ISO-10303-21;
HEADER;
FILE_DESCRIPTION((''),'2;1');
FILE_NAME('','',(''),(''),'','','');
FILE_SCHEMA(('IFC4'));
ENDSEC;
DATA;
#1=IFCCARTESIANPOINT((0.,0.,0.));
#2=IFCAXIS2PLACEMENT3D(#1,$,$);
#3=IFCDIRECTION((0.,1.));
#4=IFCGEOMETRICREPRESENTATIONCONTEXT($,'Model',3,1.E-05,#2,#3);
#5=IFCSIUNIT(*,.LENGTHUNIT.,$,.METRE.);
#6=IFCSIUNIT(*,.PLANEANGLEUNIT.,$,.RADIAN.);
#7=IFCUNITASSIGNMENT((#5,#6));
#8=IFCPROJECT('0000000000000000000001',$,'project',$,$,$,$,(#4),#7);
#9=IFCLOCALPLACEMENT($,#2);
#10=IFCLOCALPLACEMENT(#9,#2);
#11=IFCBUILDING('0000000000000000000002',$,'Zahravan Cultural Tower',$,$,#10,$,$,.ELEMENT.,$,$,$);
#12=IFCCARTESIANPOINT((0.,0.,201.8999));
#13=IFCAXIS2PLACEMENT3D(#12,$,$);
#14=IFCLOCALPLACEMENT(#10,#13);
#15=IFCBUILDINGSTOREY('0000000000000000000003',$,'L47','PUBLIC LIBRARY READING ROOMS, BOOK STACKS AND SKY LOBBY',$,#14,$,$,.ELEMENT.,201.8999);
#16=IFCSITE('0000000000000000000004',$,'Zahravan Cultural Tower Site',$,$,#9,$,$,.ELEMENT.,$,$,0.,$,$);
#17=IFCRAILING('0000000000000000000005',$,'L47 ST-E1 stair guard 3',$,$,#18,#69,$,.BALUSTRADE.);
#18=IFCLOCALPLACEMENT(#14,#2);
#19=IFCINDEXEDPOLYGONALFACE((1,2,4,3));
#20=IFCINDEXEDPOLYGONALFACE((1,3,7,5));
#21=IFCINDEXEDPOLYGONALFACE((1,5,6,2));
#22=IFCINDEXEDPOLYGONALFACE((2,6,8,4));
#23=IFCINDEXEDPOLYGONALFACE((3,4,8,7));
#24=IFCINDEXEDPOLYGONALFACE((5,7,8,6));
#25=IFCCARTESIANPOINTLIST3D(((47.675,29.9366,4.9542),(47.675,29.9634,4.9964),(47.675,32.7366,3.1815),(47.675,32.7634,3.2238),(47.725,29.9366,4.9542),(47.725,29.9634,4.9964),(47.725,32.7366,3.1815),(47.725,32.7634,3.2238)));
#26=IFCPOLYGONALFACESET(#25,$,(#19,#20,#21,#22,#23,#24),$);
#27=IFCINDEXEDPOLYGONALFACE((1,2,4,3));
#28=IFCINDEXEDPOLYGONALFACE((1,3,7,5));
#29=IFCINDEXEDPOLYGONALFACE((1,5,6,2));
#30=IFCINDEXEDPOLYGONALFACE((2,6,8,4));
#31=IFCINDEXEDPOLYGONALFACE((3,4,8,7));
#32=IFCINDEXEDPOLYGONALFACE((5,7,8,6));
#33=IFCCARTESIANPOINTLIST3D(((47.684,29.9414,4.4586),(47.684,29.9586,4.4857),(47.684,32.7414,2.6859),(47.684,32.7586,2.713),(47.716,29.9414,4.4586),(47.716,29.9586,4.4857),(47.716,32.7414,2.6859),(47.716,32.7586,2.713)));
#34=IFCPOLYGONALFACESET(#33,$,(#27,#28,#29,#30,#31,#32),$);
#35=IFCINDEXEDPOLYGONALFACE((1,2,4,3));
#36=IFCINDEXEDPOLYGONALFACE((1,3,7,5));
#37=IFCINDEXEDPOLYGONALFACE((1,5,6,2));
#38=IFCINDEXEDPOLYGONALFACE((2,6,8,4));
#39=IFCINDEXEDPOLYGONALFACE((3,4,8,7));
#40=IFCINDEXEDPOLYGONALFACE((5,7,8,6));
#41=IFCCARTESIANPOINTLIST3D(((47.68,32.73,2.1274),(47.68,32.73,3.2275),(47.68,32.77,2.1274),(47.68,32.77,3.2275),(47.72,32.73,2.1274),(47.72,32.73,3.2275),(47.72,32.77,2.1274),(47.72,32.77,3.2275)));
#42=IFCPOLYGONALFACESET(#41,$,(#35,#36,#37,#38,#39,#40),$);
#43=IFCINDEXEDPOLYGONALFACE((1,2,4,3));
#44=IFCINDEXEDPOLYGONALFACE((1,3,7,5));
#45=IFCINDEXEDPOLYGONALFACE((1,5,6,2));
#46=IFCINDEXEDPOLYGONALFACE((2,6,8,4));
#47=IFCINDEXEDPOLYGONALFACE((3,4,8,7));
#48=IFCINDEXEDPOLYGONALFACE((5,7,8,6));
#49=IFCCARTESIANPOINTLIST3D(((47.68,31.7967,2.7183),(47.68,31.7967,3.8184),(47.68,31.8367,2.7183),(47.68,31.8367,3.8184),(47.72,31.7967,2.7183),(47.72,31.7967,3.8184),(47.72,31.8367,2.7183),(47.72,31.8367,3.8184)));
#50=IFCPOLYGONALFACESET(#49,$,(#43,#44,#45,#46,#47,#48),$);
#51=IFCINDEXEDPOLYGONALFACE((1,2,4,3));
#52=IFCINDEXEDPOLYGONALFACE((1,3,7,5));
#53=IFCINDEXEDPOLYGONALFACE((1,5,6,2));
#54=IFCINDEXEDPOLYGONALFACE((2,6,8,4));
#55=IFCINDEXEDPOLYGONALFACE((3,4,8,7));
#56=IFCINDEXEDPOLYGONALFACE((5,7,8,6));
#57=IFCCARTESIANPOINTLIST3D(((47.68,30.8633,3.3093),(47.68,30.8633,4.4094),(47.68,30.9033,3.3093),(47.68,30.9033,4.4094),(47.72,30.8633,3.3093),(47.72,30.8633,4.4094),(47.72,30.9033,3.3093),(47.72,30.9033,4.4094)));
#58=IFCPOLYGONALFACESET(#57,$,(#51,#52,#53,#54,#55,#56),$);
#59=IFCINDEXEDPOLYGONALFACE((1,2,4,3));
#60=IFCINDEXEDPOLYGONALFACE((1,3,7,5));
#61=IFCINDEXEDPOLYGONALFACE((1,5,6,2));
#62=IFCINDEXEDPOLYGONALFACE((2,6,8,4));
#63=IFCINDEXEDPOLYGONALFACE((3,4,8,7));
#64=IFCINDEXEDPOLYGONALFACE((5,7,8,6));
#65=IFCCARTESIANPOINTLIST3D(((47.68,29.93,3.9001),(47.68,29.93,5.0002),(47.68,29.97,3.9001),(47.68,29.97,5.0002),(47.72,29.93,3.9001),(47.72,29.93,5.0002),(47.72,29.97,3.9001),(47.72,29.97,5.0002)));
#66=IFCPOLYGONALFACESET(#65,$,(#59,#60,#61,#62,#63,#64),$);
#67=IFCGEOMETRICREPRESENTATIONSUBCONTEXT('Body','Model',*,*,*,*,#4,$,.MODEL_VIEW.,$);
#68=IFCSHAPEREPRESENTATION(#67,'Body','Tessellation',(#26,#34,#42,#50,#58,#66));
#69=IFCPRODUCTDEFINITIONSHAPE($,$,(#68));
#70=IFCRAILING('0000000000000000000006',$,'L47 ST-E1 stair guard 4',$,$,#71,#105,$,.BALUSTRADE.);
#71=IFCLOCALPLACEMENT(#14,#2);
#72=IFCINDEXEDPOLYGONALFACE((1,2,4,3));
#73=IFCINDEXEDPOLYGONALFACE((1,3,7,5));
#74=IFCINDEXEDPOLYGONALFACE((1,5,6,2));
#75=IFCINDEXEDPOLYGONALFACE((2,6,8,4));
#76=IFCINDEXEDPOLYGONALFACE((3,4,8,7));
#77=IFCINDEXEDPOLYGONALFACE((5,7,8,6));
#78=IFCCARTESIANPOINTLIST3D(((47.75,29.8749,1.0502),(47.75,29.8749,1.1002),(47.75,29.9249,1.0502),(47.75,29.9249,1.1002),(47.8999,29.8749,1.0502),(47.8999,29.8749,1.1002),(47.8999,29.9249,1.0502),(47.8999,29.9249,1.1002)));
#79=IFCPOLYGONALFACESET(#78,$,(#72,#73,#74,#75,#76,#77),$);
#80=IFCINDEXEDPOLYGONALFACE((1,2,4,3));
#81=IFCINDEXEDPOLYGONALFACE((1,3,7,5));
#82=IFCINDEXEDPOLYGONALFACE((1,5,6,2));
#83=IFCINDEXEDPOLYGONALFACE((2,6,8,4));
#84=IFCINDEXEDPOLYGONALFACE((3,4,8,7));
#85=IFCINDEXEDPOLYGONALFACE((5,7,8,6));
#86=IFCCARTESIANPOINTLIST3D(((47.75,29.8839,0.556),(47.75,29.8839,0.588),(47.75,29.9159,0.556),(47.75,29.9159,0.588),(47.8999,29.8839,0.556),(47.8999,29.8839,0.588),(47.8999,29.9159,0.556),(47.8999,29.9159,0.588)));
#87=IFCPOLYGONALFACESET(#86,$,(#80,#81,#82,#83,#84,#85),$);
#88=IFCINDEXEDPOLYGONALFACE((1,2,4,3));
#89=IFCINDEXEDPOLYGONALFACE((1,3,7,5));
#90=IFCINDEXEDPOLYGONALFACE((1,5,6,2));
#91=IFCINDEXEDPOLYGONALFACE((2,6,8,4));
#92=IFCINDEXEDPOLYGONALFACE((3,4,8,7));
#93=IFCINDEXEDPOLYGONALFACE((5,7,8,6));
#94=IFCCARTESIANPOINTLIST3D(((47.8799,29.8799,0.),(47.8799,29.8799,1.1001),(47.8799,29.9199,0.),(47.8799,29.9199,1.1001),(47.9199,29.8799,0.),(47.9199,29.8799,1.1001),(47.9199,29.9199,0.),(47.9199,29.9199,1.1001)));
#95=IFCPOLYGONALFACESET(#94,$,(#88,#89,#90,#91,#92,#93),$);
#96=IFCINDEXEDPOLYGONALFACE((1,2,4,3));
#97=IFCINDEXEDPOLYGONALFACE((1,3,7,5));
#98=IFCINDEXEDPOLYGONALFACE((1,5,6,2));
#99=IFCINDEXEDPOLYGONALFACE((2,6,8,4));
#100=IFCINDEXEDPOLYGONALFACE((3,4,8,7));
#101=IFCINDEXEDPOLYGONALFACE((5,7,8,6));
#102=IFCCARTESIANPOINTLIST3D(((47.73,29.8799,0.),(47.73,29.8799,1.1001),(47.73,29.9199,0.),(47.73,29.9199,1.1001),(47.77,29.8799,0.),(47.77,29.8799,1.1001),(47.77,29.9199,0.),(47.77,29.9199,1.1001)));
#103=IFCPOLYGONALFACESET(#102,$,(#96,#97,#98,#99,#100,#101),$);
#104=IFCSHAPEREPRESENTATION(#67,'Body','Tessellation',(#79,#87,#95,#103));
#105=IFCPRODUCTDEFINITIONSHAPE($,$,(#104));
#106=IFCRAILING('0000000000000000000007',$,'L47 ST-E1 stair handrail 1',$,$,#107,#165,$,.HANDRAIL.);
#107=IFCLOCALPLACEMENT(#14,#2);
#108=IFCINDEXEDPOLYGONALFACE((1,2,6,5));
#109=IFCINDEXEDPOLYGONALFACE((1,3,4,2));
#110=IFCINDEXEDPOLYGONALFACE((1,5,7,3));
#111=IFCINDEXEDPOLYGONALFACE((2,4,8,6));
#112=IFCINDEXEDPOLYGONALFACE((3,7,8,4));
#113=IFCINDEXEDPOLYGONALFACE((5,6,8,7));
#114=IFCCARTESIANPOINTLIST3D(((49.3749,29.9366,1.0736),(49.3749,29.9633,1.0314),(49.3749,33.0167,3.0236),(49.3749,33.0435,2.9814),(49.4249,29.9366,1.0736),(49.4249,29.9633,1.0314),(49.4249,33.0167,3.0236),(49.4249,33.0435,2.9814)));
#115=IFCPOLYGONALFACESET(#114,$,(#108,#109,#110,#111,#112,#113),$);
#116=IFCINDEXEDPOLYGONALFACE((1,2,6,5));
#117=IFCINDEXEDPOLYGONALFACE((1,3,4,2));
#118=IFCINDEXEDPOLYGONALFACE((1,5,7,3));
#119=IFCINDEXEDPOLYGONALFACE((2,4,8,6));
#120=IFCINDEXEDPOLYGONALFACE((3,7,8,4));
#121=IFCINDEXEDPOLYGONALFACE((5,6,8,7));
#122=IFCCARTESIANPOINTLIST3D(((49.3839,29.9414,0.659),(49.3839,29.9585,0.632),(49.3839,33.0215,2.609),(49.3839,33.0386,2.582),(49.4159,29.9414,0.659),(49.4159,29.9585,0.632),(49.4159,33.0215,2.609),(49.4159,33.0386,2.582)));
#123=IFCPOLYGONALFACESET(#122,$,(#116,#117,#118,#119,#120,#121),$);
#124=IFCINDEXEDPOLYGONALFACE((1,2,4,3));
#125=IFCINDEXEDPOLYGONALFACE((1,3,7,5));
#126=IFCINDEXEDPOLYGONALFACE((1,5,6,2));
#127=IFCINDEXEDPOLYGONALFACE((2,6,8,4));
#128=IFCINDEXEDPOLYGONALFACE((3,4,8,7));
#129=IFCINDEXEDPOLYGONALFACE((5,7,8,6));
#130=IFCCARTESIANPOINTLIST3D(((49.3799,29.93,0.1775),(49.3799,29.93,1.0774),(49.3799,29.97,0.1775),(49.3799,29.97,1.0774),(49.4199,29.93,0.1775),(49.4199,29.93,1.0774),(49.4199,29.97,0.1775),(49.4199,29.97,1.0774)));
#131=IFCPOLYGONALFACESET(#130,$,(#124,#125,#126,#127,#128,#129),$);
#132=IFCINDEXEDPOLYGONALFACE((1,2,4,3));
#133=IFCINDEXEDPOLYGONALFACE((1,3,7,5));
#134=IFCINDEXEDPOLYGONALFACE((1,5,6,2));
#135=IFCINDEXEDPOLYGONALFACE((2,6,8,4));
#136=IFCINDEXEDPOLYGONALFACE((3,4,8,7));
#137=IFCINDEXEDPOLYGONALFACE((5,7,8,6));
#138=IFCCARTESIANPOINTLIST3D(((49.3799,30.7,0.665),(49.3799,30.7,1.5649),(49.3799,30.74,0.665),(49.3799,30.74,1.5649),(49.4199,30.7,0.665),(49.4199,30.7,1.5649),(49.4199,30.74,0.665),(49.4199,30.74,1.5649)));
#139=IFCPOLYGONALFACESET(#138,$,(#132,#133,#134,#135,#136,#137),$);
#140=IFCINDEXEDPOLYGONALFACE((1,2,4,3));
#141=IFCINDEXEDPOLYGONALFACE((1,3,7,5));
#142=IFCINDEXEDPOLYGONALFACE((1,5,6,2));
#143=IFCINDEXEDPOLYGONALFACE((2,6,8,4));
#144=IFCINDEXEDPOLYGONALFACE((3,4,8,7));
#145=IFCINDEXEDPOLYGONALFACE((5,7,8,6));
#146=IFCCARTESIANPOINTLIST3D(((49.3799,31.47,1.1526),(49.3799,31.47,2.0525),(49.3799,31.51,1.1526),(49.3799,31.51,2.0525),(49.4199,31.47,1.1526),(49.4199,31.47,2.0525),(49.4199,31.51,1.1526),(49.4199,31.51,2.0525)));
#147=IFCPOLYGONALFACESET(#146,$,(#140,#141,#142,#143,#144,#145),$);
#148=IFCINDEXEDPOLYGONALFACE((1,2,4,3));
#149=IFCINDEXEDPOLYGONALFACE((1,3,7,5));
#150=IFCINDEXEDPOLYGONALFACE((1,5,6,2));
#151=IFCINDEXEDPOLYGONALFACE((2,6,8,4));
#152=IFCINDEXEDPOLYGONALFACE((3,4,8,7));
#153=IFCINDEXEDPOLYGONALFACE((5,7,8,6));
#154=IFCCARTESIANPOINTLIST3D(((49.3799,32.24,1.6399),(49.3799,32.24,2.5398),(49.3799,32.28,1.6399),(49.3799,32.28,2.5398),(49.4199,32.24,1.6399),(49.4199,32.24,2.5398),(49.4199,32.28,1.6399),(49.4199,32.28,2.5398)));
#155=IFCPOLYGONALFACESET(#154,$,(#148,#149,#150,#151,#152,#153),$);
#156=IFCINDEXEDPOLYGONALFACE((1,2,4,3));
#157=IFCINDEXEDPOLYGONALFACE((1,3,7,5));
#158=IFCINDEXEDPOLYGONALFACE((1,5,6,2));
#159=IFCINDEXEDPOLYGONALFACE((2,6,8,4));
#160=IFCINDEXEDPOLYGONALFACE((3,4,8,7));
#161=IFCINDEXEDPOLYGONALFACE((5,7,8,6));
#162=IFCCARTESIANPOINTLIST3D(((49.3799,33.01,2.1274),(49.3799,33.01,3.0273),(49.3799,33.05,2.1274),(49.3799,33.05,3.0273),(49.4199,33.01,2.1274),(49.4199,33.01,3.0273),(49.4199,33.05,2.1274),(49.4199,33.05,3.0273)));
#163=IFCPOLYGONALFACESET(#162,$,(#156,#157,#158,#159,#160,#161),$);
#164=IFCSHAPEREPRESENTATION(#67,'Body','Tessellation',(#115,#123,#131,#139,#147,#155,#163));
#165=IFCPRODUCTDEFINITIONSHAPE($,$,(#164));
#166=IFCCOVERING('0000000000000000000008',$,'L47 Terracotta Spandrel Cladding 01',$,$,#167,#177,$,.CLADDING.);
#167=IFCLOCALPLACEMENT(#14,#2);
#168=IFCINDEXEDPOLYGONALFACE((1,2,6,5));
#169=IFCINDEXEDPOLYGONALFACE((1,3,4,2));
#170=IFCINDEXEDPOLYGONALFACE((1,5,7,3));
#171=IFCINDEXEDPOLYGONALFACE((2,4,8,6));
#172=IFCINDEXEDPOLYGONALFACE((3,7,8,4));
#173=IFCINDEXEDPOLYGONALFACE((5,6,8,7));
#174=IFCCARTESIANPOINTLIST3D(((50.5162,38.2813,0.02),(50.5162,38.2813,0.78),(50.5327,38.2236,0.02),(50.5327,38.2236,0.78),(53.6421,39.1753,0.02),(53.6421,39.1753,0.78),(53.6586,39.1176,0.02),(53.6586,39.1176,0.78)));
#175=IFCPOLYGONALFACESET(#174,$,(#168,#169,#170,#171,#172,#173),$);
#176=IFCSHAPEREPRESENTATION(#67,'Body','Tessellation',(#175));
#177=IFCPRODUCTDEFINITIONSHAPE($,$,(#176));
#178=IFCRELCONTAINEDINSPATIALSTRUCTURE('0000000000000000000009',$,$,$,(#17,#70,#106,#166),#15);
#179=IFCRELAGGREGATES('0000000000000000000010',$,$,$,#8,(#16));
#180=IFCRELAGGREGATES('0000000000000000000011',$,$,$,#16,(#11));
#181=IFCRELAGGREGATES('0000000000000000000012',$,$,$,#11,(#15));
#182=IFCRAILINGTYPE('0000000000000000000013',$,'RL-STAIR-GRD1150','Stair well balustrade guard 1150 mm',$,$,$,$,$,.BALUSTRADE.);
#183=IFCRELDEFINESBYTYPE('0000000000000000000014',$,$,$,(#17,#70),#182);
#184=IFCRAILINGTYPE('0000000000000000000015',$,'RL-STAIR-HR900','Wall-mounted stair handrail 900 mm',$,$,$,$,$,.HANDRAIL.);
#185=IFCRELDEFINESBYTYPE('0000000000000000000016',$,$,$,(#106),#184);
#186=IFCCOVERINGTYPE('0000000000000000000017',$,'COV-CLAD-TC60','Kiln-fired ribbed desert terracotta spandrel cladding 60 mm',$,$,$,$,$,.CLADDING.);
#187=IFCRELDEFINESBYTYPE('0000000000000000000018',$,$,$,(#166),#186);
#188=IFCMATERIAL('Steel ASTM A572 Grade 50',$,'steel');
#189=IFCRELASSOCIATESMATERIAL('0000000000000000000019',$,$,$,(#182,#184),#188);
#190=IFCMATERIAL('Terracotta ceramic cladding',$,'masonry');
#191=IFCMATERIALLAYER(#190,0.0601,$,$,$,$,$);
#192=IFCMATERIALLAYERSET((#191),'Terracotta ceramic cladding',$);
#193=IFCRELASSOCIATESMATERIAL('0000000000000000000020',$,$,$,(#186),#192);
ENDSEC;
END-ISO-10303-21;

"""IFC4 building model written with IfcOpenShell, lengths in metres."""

from ifc_helpers import new_model, si_unit, direction, frame, origin, origin_2d, place, context, subcontext, project, spatial, rectangle, extrude, source, transform, mapped, material, layer, layer_set, type_object, element, save


model = new_model("IFC4")

# Units and contexts
model_context = context("Model", 3, precision=1e-05, world=origin(), true_north=direction((0.0, 1.0)))
body_context = subcontext(model_context, "Body", "Model", "MODEL_VIEW")
ifc_project = project(units=[si_unit("LENGTHUNIT", "METRE"), si_unit("PLANEANGLEUNIT", "RADIAN")], contexts=[model_context])

# Site, building, storey
site_placement = place(None, origin())
site = spatial("IfcSite", under=ifc_project, at=site_placement, Name="Zahravan Cultural Tower Site", CompositionType="ELEMENT", RefElevation=0.0)
building_placement = place(site_placement, origin())
building = spatial("IfcBuilding", under=site, at=building_placement, Name="Zahravan Cultural Tower", CompositionType="ELEMENT")
storey_placement = place(building_placement, frame((0.0, 0.0, 201.8999)))
storey = spatial("IfcBuildingStorey", under=building, at=storey_placement, Name="L47", Description="PUBLIC LIBRARY READING ROOMS, BOOK STACKS AND SKY LOBBY", CompositionType="ELEMENT", Elevation=201.8999)

# Railings
ifc_material_1 = material(Name="Steel ASTM A572 Grade 50", Category="steel")
railing_type_1 = type_object("IfcRailingType", Name="RL-STAIR-GRD1150", Description="Stair well balustrade guard 1150 mm", PredefinedType="BALUSTRADE", material=ifc_material_1)
railing_1_placement = place(storey_placement, frame((47.7, 32.75, 2.1274)))
element("IfcRailing", 1, at=railing_1_placement, inside=storey, type_object=railing_type_1, Name="L47 ST-E1 stair guard 3", PredefinedType="BALUSTRADE", context=body_context, shape_type="SweptSolid", body=[
    extrude(rectangle(XDim=0.05, YDim=0.05, at=origin_2d()), frame((0.0, 0.0, 1.0752), z_axis=(0.0, -0.844909, 0.53491), x_axis=(1.0, 0.0, 0.0)), (0.0, 0.0, 1.0), 3.314),
    extrude(rectangle(XDim=0.032, YDim=0.032, at=origin_2d()), frame((0.0, 0.0, 0.572), z_axis=(0.0, -0.844909, 0.53491), x_axis=(1.0, 0.0, 0.0)), (0.0, 0.0, 1.0), 3.314),
    extrude(rectangle(XDim=0.04, YDim=0.04, at=origin_2d()), origin(), (0.0, 0.0, 1.0), 1.1001),
    extrude(rectangle(XDim=0.04, YDim=0.04, at=origin_2d()), frame((0.0, -0.9333, 0.5908)), (0.0, 0.0, 1.0), 1.1001),
    extrude(rectangle(XDim=0.04, YDim=0.04, at=origin_2d()), frame((0.0, -1.8667, 1.1819)), (0.0, 0.0, 1.0), 1.1001),
    extrude(rectangle(XDim=0.04, YDim=0.04, at=origin_2d()), frame((0.0, -2.8, 1.7727)), (0.0, 0.0, 1.0), 1.1001),
])
railing_2_placement = place(storey_placement, frame((47.8999, 29.8999, 0.0)))
element("IfcRailing", 2, at=railing_2_placement, inside=storey, type_object=railing_type_1, Name="L47 ST-E1 stair guard 4", PredefinedType="BALUSTRADE", context=body_context, shape_type="SweptSolid", body=[
    extrude(rectangle(XDim=0.05, YDim=0.05, at=origin_2d()), frame((0.0, 0.0, 1.0752), z_axis=(-1.0, 0.0, 0.0), x_axis=(0.0, -1.0, 0.0)), (0.0, 0.0, 1.0), 0.1499),
    extrude(rectangle(XDim=0.032, YDim=0.032, at=origin_2d()), frame((0.0, 0.0, 0.572), z_axis=(-1.0, 0.0, 0.0), x_axis=(0.0, -1.0, 0.0)), (0.0, 0.0, 1.0), 0.1499),
    extrude(rectangle(XDim=0.04, YDim=0.04, at=origin_2d()), origin(), (0.0, 0.0, 1.0), 1.1001),
    extrude(rectangle(XDim=0.04, YDim=0.04, at=origin_2d()), frame((-0.1499, 0.0, 0.0)), (0.0, 0.0, 1.0), 1.1001),
])
railing_type_2 = type_object("IfcRailingType", Name="RL-STAIR-HR900", Description="Wall-mounted stair handrail 900 mm", PredefinedType="HANDRAIL", material=ifc_material_1)
railing_3_placement = place(storey_placement, frame((49.3999, 29.95, 0.1775)))
element("IfcRailing", 3, at=railing_3_placement, inside=storey, type_object=railing_type_2, Name="L47 ST-E1 stair handrail 1", PredefinedType="HANDRAIL", context=body_context, shape_type="SweptSolid", body=[
    extrude(rectangle(XDim=0.05, YDim=0.05, at=origin_2d()), frame((0.0, 0.0, 0.875), z_axis=(0.0, 0.844914, 0.534902), x_axis=(-1.0, 0.0, 0.0)), (0.0, 0.0, 1.0), 3.6455),
    extrude(rectangle(XDim=0.032, YDim=0.032, at=origin_2d()), frame((0.0, 0.0, 0.468), z_axis=(0.0, 0.844914, 0.534902), x_axis=(-1.0, 0.0, 0.0)), (0.0, 0.0, 1.0), 3.6455),
    extrude(rectangle(XDim=0.04, YDim=0.04, at=origin_2d()), origin(), (0.0, 0.0, 1.0), 0.8999),
    extrude(rectangle(XDim=0.04, YDim=0.04, at=origin_2d()), frame((0.0, 0.77, 0.4875)), (0.0, 0.0, 1.0), 0.8999),
    extrude(rectangle(XDim=0.04, YDim=0.04, at=origin_2d()), frame((0.0, 1.54, 0.9751)), (0.0, 0.0, 1.0), 0.8999),
    extrude(rectangle(XDim=0.04, YDim=0.04, at=origin_2d()), frame((0.0, 2.3101, 1.4624)), (0.0, 0.0, 1.0), 0.8999),
    extrude(rectangle(XDim=0.04, YDim=0.04, at=origin_2d()), frame((0.0, 3.0801, 1.95)), (0.0, 0.0, 1.0), 0.8999),
])

# Covering
ifc_material_2 = material(Name="Terracotta ceramic cladding", Category="masonry")
ifc_layer_1 = layer(ifc_material_2, 0.0601)
ifc_layer_set_1 = layer_set([ifc_layer_1], Name="Terracotta ceramic cladding")
covering_type = type_object("IfcCoveringType", Name="COV-CLAD-TC60", Description="Kiln-fired ribbed desert terracotta spandrel cladding 60 mm", PredefinedType="CLADDING", material=ifc_layer_set_1)
shared_shape_1 = source(origin(), body_context, "Body", "SweptSolid", [
    extrude(rectangle(XDim=3.2512, YDim=0.0601, at=origin_2d()), origin(), (0.0, 0.0, 1.0), 0.76),
])
covering_placement = place(storey_placement, frame((52.0874, 38.6995, 0.02), z_axis=(0.0, 0.0, 1.0), x_axis=(0.961449, 0.274983, 0.0)))
element("IfcCovering", 4, at=covering_placement, inside=storey, type_object=covering_type, Name="L47 Terracotta Spandrel Cladding 01", PredefinedType="CLADDING", context=body_context, shape_type="MappedRepresentation", body=[
    mapped(shared_shape_1, transform((0.0, 0.0, 0.0), x_axis=(1.0, 0.0, 0.0), y_axis=(0.0, 1.0, 0.0), z_axis=(0.0, 0.0, 1.0), scale=1.0)),
])

save(model, "model.ifc")
